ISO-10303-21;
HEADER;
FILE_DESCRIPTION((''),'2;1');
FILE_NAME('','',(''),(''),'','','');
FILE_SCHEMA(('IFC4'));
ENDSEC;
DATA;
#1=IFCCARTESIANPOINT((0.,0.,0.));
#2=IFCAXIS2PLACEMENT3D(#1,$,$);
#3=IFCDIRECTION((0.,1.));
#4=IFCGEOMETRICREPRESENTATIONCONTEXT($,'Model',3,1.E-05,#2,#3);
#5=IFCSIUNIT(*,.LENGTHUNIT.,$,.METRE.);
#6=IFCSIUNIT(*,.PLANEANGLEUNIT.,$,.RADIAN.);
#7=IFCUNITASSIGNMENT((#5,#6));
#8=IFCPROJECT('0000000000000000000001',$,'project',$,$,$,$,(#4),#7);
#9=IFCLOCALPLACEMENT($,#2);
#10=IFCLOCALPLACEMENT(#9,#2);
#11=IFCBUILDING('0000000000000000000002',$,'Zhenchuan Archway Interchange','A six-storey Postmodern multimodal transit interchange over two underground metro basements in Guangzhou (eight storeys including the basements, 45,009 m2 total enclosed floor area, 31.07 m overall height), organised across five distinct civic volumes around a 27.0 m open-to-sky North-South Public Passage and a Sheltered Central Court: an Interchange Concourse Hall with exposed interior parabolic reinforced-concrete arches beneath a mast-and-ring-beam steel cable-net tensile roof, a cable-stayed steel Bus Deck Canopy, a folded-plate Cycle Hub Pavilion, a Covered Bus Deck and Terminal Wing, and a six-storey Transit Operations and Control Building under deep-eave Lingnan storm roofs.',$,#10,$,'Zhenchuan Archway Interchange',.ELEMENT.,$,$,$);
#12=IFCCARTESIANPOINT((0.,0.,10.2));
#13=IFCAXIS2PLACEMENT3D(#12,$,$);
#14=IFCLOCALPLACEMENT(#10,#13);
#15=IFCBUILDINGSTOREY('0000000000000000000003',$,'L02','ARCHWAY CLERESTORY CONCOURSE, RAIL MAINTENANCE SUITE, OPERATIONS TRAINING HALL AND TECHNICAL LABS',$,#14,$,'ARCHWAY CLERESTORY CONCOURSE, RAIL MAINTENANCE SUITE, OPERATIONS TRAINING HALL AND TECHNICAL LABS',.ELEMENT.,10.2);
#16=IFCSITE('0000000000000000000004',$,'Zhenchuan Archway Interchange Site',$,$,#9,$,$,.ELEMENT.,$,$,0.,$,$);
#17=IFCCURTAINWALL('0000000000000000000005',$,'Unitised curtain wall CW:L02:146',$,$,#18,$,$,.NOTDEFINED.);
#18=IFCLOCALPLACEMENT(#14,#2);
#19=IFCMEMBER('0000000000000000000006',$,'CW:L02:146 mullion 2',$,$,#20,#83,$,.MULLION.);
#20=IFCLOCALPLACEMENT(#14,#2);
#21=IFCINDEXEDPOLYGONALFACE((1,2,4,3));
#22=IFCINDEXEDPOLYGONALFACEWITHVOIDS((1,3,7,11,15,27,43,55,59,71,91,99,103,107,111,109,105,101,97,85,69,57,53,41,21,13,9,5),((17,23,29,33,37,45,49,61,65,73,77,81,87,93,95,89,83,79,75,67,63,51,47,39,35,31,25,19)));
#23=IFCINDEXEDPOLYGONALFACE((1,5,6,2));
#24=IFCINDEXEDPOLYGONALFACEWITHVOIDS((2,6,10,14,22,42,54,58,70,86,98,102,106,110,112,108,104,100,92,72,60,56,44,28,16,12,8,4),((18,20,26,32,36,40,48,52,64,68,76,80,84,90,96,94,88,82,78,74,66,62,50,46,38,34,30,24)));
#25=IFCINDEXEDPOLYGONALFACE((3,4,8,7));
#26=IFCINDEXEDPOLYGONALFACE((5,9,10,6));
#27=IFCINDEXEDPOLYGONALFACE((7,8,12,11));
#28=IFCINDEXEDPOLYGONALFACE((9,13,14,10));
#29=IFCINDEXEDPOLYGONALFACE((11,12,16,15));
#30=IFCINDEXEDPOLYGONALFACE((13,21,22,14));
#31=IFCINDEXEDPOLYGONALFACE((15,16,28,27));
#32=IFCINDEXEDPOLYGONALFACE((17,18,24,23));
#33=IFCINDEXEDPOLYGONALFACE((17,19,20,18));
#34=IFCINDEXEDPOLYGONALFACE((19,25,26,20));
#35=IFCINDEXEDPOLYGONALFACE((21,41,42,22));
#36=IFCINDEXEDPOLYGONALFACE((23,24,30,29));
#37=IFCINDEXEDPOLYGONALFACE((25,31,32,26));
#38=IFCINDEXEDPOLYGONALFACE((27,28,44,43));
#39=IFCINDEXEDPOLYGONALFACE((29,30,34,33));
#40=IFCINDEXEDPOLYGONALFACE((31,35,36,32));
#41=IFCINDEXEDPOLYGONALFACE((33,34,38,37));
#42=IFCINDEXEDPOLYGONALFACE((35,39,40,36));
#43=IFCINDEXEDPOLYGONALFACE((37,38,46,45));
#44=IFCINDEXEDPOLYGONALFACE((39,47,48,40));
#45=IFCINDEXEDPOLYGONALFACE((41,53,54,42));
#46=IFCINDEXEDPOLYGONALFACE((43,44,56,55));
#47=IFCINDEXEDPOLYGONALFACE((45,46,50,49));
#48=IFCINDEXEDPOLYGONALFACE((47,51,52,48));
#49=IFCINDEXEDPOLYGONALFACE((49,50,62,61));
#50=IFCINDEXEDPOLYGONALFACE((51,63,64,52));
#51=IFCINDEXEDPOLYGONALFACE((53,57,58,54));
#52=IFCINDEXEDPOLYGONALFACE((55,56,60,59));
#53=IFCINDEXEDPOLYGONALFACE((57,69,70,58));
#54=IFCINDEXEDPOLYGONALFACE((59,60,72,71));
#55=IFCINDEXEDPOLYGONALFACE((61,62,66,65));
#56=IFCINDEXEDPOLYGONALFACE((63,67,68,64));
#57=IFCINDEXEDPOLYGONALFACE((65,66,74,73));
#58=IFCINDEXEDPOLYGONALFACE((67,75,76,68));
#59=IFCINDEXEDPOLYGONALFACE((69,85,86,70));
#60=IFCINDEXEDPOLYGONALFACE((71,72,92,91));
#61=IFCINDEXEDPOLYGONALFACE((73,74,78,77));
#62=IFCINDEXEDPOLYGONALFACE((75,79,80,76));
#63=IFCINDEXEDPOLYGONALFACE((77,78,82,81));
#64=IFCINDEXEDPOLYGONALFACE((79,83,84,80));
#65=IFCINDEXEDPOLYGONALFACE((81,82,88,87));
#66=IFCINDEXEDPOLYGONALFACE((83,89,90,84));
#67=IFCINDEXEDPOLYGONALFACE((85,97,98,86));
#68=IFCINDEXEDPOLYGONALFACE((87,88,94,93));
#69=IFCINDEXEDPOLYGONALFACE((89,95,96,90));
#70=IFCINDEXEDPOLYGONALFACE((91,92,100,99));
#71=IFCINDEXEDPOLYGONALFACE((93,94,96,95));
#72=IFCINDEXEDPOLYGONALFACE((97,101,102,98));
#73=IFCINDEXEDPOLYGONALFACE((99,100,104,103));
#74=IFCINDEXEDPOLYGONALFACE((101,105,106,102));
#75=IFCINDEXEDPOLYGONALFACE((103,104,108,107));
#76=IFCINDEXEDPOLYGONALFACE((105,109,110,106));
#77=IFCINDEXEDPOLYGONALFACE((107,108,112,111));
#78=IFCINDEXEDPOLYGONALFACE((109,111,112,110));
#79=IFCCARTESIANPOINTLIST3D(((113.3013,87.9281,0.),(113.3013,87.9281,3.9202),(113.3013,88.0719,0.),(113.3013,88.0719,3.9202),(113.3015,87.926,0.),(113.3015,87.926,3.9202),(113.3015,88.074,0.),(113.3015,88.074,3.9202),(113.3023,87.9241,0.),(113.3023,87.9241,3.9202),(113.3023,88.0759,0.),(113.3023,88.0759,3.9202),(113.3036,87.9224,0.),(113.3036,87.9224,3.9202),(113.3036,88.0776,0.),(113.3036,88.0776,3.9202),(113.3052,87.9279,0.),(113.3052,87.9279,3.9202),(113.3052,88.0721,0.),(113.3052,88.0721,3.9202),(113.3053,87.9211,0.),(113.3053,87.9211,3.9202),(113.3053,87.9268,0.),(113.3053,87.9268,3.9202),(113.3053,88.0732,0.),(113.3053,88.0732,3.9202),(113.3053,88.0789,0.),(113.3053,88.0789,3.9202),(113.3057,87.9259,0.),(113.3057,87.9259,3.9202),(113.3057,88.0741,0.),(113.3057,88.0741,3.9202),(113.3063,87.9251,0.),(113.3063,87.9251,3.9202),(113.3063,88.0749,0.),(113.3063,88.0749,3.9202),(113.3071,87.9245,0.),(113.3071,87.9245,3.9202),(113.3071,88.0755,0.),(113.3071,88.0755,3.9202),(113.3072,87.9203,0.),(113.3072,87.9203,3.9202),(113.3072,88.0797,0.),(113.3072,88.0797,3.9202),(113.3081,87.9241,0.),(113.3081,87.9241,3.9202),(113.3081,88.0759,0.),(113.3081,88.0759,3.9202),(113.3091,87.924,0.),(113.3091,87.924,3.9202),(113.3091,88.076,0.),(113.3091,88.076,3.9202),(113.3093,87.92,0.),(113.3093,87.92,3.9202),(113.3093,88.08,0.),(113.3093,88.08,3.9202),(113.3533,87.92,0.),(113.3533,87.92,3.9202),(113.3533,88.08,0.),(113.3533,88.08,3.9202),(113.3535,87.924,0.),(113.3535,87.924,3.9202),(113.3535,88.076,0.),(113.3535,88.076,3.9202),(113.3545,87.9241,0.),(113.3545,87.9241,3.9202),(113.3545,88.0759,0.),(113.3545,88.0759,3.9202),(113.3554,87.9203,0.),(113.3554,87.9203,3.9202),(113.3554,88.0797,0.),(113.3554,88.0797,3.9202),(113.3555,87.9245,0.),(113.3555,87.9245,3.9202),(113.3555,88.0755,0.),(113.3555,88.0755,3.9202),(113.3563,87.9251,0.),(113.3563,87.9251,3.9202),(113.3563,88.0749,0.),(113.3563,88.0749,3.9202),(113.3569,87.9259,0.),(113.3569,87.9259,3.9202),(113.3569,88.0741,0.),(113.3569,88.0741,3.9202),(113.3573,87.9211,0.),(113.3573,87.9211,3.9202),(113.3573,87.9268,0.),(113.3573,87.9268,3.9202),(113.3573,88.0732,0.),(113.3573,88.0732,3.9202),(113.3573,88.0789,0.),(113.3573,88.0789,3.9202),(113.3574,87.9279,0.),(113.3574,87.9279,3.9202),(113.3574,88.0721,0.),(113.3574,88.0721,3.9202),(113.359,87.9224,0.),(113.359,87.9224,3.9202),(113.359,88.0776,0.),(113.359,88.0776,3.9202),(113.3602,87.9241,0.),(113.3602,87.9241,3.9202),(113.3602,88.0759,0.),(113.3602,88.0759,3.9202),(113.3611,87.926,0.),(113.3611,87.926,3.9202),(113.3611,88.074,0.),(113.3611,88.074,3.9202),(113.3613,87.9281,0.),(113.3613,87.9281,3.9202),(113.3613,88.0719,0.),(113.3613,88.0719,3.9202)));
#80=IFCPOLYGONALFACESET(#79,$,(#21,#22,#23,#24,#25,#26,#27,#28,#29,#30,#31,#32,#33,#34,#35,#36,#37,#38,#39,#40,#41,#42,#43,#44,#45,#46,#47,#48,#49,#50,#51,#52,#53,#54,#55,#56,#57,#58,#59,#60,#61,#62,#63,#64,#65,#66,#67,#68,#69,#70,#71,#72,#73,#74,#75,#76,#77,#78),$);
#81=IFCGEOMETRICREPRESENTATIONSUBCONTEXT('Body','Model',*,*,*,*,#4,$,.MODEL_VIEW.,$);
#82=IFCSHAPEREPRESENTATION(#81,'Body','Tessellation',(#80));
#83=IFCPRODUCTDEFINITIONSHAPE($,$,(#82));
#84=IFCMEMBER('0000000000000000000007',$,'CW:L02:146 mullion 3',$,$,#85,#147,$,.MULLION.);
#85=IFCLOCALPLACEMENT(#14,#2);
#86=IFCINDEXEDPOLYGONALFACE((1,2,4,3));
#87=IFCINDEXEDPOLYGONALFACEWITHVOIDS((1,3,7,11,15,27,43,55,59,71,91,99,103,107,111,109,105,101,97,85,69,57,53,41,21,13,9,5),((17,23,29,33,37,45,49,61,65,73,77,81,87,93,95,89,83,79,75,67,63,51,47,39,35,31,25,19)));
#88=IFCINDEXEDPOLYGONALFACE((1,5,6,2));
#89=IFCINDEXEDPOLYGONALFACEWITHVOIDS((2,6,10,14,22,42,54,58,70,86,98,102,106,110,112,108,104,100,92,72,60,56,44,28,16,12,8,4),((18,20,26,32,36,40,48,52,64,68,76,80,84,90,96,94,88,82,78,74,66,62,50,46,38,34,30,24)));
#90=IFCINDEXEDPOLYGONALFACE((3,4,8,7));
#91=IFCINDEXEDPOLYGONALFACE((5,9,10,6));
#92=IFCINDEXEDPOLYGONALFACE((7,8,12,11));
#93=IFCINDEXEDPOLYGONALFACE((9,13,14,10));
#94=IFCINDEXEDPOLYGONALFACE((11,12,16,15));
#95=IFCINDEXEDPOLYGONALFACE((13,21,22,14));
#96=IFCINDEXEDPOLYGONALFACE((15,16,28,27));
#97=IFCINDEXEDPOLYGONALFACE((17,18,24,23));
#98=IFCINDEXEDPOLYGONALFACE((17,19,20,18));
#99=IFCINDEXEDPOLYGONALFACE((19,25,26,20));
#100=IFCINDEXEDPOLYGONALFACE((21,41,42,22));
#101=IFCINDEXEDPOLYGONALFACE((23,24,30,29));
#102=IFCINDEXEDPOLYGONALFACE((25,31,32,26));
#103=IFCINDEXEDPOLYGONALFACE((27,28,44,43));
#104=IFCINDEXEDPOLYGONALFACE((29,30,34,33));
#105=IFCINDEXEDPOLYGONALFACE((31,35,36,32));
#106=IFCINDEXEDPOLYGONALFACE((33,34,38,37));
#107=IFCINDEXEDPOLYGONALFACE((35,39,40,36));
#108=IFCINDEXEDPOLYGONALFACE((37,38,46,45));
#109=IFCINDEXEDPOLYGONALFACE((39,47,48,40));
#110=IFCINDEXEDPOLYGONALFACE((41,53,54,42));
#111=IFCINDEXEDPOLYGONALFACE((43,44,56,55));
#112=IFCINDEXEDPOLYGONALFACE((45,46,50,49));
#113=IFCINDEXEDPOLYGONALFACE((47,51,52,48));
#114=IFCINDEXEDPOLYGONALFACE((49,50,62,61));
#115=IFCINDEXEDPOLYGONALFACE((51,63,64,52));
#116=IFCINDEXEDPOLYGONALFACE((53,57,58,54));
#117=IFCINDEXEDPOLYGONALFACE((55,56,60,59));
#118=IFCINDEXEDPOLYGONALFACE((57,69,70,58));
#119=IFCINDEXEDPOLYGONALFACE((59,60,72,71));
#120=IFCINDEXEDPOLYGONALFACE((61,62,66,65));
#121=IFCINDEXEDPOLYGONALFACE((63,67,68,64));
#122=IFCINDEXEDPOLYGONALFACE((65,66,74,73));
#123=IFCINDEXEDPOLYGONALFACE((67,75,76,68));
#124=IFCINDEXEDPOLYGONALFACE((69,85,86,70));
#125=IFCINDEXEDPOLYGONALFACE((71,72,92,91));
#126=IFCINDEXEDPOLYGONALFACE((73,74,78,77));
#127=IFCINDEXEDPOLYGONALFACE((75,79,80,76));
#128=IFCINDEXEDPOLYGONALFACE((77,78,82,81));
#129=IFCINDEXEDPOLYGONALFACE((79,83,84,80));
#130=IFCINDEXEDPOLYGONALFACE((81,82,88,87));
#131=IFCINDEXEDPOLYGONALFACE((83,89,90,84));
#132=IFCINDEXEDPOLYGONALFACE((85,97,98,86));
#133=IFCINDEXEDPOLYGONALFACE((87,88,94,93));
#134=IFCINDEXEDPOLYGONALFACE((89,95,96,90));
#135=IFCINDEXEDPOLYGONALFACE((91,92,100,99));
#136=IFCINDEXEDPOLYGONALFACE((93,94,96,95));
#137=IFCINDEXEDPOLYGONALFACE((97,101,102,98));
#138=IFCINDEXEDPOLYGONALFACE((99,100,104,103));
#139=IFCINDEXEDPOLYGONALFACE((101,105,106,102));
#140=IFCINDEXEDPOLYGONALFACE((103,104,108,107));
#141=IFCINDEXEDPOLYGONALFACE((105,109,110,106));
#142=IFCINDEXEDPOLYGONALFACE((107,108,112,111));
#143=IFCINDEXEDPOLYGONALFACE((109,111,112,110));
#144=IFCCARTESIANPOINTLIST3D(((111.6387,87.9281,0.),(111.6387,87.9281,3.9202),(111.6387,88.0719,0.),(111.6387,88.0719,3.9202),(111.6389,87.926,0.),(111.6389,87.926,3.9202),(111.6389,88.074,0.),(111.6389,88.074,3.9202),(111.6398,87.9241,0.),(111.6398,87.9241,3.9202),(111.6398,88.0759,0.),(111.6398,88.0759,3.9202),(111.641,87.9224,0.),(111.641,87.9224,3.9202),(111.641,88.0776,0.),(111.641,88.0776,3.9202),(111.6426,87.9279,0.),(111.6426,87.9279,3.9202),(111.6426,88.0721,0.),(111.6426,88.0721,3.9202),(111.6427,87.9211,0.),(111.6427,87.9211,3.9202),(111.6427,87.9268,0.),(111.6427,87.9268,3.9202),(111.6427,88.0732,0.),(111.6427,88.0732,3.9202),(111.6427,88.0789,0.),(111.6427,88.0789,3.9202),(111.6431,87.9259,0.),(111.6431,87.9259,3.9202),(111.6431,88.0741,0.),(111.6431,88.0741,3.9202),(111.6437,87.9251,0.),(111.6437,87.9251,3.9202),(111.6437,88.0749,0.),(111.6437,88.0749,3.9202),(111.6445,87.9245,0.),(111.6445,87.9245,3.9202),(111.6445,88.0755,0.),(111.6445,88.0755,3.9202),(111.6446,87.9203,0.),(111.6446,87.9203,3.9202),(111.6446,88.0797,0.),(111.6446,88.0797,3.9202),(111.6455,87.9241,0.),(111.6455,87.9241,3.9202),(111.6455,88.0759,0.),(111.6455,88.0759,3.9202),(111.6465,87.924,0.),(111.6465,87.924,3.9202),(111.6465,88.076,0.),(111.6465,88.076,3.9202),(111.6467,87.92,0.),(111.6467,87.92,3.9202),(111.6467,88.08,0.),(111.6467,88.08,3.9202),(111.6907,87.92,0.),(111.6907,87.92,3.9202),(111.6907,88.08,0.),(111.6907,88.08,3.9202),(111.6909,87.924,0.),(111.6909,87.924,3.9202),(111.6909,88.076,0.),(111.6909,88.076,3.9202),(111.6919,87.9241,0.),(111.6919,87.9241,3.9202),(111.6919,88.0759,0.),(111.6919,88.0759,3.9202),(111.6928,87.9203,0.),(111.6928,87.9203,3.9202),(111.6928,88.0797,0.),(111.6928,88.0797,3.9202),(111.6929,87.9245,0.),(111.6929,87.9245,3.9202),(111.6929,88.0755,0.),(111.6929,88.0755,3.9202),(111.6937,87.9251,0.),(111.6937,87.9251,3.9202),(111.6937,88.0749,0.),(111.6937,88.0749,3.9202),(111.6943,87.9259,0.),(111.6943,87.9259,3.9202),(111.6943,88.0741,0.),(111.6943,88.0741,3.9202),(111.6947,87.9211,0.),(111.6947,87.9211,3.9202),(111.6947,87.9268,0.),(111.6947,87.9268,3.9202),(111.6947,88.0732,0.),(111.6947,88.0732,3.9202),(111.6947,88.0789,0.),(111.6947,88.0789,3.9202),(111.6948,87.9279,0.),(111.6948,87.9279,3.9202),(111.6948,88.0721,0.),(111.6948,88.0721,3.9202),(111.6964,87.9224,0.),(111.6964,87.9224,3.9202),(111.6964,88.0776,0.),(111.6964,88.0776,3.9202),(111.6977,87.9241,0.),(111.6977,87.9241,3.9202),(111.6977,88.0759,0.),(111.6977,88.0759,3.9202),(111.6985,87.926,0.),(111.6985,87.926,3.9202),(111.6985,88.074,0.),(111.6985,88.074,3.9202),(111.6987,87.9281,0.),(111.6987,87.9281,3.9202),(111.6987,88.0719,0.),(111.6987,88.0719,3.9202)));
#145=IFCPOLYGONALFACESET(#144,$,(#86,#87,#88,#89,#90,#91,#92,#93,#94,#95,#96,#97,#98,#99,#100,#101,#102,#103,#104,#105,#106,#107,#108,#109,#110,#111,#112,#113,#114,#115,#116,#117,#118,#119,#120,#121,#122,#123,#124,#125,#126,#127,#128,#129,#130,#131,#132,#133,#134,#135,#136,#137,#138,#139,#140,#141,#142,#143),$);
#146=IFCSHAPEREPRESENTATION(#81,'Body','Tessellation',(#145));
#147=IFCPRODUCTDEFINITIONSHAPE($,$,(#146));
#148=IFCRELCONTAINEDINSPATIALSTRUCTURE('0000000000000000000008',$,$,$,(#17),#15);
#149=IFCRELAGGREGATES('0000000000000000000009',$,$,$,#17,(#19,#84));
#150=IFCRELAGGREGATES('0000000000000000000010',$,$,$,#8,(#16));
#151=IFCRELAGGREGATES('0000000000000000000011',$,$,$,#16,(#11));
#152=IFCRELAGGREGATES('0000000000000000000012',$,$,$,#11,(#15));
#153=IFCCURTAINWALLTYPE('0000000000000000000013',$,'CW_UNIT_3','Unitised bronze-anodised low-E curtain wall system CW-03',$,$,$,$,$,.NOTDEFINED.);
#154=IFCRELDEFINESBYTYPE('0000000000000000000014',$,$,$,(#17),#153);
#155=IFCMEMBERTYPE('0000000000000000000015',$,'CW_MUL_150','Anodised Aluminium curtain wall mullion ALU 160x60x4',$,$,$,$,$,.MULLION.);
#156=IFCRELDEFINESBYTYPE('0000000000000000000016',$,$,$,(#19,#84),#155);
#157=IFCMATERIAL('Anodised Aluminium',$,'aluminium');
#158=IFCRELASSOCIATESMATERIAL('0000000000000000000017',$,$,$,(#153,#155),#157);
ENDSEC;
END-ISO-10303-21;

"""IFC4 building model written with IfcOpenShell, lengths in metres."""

from ifc_helpers import new_model, si_unit, direction, frame, origin, origin_2d, place, context, subcontext, project, spatial, hollow_rectangle, extrude, material, material_profile, profile_set, type_object, element, aggregate, save


model = new_model("IFC4")

# Units and contexts
model_context = context("Model", 3, precision=1e-05, world=origin(), true_north=direction((0.0, 1.0)))
body_context = subcontext(model_context, "Body", "Model", "MODEL_VIEW")
ifc_project = project(units=[si_unit("LENGTHUNIT", "METRE"), si_unit("PLANEANGLEUNIT", "RADIAN")], contexts=[model_context])

# Site, building, storey
site_placement = place(None, origin())
site = spatial("IfcSite", under=ifc_project, at=site_placement, Name="Zhenchuan Archway Interchange Site", CompositionType="ELEMENT", RefElevation=0.0)
building_placement = place(site_placement, origin())
building = spatial("IfcBuilding", under=site, at=building_placement, Name="Zhenchuan Archway Interchange", Description="A six-storey Postmodern multimodal transit interchange over two underground metro basements in Guangzhou (eight storeys including the basements, 45,009 m2 total enclosed floor area, 31.07 m overall height), organised across five distinct civic volumes around a 27.0 m open-to-sky North-South Public Passage and a Sheltered Central Court: an Interchange Concourse Hall with exposed interior parabolic reinforced-concrete arches beneath a mast-and-ring-beam steel cable-net tensile roof, a cable-stayed steel Bus Deck Canopy, a folded-plate Cycle Hub Pavilion, a Covered Bus Deck and Terminal Wing, and a six-storey Transit Operations and Control Building under deep-eave Lingnan storm roofs.", LongName="Zhenchuan Archway Interchange", CompositionType="ELEMENT")
storey_placement = place(building_placement, frame((0.0, 0.0, 10.2)))
storey = spatial("IfcBuildingStorey", under=building, at=storey_placement, Name="L02", Description="ARCHWAY CLERESTORY CONCOURSE, RAIL MAINTENANCE SUITE, OPERATIONS TRAINING HALL AND TECHNICAL LABS", LongName="ARCHWAY CLERESTORY CONCOURSE, RAIL MAINTENANCE SUITE, OPERATIONS TRAINING HALL AND TECHNICAL LABS", CompositionType="ELEMENT", Elevation=10.2)

# Curtain wall, members
ifc_material_1 = material(Name="Anodised Aluminium", Category="aluminium")
curtain_wall_type = type_object("IfcCurtainWallType", Name="CW_UNIT_3", Description="Unitised bronze-anodised low-E curtain wall system CW-03", PredefinedType="NOTDEFINED", material=ifc_material_1)
curtain_wall_placement = place(storey_placement, origin())
curtain_wall = element("IfcCurtainWall", 1, at=curtain_wall_placement, inside=storey, type_object=curtain_wall_type, Name="Unitised curtain wall CW:L02:146", PredefinedType="NOTDEFINED")
ifc_material_profile_1 = material_profile(ifc_material_1, hollow_rectangle(XDim=0.0601, YDim=0.1599, WallThickness=0.0039, InnerFilletRadius=0.0039, OuterFilletRadius=0.0081, at=origin_2d()), Name="ALU 160x60x4")
ifc_profile_set_1 = profile_set([ifc_material_profile_1], Name="Anodised Aluminium")
member_type_1 = type_object("IfcMemberType", Name="CW_MUL_150", Description="Anodised Aluminium curtain wall mullion ALU 160x60x4", PredefinedType="MULLION", material=ifc_profile_set_1)
member_1_placement = place(storey_placement, frame((113.3313, 88.0, 0.0), z_axis=(0.0, 0.0, 1.0), x_axis=(1.0, 0.0, 0.0)))
member_1 = element("IfcMember", 2, at=member_1_placement, type_object=member_type_1, Name="CW:L02:146 mullion 2", PredefinedType="MULLION", context=body_context, shape_type="SweptSolid", body=[
    extrude(hollow_rectangle(XDim=0.0601, YDim=0.1599, WallThickness=0.0039, InnerFilletRadius=0.0039, OuterFilletRadius=0.0081, at=origin_2d()), origin(), (0.0, 0.0, 1.0), 3.9202),
])
member_2_placement = place(storey_placement, frame((111.6687, 88.0, 0.0), z_axis=(0.0, 0.0, 1.0), x_axis=(1.0, 0.0, 0.0)))
member_2 = element("IfcMember", 3, at=member_2_placement, type_object=member_type_1, Name="CW:L02:146 mullion 3", PredefinedType="MULLION", context=body_context, shape_type="SweptSolid", body=[
    extrude(hollow_rectangle(XDim=0.0601, YDim=0.1599, WallThickness=0.0039, InnerFilletRadius=0.0039, OuterFilletRadius=0.0081, at=origin_2d()), origin(), (0.0, 0.0, 1.0), 3.9202),
])

aggregate(curtain_wall, [member_1, member_2])

save(model, "model.ifc")
